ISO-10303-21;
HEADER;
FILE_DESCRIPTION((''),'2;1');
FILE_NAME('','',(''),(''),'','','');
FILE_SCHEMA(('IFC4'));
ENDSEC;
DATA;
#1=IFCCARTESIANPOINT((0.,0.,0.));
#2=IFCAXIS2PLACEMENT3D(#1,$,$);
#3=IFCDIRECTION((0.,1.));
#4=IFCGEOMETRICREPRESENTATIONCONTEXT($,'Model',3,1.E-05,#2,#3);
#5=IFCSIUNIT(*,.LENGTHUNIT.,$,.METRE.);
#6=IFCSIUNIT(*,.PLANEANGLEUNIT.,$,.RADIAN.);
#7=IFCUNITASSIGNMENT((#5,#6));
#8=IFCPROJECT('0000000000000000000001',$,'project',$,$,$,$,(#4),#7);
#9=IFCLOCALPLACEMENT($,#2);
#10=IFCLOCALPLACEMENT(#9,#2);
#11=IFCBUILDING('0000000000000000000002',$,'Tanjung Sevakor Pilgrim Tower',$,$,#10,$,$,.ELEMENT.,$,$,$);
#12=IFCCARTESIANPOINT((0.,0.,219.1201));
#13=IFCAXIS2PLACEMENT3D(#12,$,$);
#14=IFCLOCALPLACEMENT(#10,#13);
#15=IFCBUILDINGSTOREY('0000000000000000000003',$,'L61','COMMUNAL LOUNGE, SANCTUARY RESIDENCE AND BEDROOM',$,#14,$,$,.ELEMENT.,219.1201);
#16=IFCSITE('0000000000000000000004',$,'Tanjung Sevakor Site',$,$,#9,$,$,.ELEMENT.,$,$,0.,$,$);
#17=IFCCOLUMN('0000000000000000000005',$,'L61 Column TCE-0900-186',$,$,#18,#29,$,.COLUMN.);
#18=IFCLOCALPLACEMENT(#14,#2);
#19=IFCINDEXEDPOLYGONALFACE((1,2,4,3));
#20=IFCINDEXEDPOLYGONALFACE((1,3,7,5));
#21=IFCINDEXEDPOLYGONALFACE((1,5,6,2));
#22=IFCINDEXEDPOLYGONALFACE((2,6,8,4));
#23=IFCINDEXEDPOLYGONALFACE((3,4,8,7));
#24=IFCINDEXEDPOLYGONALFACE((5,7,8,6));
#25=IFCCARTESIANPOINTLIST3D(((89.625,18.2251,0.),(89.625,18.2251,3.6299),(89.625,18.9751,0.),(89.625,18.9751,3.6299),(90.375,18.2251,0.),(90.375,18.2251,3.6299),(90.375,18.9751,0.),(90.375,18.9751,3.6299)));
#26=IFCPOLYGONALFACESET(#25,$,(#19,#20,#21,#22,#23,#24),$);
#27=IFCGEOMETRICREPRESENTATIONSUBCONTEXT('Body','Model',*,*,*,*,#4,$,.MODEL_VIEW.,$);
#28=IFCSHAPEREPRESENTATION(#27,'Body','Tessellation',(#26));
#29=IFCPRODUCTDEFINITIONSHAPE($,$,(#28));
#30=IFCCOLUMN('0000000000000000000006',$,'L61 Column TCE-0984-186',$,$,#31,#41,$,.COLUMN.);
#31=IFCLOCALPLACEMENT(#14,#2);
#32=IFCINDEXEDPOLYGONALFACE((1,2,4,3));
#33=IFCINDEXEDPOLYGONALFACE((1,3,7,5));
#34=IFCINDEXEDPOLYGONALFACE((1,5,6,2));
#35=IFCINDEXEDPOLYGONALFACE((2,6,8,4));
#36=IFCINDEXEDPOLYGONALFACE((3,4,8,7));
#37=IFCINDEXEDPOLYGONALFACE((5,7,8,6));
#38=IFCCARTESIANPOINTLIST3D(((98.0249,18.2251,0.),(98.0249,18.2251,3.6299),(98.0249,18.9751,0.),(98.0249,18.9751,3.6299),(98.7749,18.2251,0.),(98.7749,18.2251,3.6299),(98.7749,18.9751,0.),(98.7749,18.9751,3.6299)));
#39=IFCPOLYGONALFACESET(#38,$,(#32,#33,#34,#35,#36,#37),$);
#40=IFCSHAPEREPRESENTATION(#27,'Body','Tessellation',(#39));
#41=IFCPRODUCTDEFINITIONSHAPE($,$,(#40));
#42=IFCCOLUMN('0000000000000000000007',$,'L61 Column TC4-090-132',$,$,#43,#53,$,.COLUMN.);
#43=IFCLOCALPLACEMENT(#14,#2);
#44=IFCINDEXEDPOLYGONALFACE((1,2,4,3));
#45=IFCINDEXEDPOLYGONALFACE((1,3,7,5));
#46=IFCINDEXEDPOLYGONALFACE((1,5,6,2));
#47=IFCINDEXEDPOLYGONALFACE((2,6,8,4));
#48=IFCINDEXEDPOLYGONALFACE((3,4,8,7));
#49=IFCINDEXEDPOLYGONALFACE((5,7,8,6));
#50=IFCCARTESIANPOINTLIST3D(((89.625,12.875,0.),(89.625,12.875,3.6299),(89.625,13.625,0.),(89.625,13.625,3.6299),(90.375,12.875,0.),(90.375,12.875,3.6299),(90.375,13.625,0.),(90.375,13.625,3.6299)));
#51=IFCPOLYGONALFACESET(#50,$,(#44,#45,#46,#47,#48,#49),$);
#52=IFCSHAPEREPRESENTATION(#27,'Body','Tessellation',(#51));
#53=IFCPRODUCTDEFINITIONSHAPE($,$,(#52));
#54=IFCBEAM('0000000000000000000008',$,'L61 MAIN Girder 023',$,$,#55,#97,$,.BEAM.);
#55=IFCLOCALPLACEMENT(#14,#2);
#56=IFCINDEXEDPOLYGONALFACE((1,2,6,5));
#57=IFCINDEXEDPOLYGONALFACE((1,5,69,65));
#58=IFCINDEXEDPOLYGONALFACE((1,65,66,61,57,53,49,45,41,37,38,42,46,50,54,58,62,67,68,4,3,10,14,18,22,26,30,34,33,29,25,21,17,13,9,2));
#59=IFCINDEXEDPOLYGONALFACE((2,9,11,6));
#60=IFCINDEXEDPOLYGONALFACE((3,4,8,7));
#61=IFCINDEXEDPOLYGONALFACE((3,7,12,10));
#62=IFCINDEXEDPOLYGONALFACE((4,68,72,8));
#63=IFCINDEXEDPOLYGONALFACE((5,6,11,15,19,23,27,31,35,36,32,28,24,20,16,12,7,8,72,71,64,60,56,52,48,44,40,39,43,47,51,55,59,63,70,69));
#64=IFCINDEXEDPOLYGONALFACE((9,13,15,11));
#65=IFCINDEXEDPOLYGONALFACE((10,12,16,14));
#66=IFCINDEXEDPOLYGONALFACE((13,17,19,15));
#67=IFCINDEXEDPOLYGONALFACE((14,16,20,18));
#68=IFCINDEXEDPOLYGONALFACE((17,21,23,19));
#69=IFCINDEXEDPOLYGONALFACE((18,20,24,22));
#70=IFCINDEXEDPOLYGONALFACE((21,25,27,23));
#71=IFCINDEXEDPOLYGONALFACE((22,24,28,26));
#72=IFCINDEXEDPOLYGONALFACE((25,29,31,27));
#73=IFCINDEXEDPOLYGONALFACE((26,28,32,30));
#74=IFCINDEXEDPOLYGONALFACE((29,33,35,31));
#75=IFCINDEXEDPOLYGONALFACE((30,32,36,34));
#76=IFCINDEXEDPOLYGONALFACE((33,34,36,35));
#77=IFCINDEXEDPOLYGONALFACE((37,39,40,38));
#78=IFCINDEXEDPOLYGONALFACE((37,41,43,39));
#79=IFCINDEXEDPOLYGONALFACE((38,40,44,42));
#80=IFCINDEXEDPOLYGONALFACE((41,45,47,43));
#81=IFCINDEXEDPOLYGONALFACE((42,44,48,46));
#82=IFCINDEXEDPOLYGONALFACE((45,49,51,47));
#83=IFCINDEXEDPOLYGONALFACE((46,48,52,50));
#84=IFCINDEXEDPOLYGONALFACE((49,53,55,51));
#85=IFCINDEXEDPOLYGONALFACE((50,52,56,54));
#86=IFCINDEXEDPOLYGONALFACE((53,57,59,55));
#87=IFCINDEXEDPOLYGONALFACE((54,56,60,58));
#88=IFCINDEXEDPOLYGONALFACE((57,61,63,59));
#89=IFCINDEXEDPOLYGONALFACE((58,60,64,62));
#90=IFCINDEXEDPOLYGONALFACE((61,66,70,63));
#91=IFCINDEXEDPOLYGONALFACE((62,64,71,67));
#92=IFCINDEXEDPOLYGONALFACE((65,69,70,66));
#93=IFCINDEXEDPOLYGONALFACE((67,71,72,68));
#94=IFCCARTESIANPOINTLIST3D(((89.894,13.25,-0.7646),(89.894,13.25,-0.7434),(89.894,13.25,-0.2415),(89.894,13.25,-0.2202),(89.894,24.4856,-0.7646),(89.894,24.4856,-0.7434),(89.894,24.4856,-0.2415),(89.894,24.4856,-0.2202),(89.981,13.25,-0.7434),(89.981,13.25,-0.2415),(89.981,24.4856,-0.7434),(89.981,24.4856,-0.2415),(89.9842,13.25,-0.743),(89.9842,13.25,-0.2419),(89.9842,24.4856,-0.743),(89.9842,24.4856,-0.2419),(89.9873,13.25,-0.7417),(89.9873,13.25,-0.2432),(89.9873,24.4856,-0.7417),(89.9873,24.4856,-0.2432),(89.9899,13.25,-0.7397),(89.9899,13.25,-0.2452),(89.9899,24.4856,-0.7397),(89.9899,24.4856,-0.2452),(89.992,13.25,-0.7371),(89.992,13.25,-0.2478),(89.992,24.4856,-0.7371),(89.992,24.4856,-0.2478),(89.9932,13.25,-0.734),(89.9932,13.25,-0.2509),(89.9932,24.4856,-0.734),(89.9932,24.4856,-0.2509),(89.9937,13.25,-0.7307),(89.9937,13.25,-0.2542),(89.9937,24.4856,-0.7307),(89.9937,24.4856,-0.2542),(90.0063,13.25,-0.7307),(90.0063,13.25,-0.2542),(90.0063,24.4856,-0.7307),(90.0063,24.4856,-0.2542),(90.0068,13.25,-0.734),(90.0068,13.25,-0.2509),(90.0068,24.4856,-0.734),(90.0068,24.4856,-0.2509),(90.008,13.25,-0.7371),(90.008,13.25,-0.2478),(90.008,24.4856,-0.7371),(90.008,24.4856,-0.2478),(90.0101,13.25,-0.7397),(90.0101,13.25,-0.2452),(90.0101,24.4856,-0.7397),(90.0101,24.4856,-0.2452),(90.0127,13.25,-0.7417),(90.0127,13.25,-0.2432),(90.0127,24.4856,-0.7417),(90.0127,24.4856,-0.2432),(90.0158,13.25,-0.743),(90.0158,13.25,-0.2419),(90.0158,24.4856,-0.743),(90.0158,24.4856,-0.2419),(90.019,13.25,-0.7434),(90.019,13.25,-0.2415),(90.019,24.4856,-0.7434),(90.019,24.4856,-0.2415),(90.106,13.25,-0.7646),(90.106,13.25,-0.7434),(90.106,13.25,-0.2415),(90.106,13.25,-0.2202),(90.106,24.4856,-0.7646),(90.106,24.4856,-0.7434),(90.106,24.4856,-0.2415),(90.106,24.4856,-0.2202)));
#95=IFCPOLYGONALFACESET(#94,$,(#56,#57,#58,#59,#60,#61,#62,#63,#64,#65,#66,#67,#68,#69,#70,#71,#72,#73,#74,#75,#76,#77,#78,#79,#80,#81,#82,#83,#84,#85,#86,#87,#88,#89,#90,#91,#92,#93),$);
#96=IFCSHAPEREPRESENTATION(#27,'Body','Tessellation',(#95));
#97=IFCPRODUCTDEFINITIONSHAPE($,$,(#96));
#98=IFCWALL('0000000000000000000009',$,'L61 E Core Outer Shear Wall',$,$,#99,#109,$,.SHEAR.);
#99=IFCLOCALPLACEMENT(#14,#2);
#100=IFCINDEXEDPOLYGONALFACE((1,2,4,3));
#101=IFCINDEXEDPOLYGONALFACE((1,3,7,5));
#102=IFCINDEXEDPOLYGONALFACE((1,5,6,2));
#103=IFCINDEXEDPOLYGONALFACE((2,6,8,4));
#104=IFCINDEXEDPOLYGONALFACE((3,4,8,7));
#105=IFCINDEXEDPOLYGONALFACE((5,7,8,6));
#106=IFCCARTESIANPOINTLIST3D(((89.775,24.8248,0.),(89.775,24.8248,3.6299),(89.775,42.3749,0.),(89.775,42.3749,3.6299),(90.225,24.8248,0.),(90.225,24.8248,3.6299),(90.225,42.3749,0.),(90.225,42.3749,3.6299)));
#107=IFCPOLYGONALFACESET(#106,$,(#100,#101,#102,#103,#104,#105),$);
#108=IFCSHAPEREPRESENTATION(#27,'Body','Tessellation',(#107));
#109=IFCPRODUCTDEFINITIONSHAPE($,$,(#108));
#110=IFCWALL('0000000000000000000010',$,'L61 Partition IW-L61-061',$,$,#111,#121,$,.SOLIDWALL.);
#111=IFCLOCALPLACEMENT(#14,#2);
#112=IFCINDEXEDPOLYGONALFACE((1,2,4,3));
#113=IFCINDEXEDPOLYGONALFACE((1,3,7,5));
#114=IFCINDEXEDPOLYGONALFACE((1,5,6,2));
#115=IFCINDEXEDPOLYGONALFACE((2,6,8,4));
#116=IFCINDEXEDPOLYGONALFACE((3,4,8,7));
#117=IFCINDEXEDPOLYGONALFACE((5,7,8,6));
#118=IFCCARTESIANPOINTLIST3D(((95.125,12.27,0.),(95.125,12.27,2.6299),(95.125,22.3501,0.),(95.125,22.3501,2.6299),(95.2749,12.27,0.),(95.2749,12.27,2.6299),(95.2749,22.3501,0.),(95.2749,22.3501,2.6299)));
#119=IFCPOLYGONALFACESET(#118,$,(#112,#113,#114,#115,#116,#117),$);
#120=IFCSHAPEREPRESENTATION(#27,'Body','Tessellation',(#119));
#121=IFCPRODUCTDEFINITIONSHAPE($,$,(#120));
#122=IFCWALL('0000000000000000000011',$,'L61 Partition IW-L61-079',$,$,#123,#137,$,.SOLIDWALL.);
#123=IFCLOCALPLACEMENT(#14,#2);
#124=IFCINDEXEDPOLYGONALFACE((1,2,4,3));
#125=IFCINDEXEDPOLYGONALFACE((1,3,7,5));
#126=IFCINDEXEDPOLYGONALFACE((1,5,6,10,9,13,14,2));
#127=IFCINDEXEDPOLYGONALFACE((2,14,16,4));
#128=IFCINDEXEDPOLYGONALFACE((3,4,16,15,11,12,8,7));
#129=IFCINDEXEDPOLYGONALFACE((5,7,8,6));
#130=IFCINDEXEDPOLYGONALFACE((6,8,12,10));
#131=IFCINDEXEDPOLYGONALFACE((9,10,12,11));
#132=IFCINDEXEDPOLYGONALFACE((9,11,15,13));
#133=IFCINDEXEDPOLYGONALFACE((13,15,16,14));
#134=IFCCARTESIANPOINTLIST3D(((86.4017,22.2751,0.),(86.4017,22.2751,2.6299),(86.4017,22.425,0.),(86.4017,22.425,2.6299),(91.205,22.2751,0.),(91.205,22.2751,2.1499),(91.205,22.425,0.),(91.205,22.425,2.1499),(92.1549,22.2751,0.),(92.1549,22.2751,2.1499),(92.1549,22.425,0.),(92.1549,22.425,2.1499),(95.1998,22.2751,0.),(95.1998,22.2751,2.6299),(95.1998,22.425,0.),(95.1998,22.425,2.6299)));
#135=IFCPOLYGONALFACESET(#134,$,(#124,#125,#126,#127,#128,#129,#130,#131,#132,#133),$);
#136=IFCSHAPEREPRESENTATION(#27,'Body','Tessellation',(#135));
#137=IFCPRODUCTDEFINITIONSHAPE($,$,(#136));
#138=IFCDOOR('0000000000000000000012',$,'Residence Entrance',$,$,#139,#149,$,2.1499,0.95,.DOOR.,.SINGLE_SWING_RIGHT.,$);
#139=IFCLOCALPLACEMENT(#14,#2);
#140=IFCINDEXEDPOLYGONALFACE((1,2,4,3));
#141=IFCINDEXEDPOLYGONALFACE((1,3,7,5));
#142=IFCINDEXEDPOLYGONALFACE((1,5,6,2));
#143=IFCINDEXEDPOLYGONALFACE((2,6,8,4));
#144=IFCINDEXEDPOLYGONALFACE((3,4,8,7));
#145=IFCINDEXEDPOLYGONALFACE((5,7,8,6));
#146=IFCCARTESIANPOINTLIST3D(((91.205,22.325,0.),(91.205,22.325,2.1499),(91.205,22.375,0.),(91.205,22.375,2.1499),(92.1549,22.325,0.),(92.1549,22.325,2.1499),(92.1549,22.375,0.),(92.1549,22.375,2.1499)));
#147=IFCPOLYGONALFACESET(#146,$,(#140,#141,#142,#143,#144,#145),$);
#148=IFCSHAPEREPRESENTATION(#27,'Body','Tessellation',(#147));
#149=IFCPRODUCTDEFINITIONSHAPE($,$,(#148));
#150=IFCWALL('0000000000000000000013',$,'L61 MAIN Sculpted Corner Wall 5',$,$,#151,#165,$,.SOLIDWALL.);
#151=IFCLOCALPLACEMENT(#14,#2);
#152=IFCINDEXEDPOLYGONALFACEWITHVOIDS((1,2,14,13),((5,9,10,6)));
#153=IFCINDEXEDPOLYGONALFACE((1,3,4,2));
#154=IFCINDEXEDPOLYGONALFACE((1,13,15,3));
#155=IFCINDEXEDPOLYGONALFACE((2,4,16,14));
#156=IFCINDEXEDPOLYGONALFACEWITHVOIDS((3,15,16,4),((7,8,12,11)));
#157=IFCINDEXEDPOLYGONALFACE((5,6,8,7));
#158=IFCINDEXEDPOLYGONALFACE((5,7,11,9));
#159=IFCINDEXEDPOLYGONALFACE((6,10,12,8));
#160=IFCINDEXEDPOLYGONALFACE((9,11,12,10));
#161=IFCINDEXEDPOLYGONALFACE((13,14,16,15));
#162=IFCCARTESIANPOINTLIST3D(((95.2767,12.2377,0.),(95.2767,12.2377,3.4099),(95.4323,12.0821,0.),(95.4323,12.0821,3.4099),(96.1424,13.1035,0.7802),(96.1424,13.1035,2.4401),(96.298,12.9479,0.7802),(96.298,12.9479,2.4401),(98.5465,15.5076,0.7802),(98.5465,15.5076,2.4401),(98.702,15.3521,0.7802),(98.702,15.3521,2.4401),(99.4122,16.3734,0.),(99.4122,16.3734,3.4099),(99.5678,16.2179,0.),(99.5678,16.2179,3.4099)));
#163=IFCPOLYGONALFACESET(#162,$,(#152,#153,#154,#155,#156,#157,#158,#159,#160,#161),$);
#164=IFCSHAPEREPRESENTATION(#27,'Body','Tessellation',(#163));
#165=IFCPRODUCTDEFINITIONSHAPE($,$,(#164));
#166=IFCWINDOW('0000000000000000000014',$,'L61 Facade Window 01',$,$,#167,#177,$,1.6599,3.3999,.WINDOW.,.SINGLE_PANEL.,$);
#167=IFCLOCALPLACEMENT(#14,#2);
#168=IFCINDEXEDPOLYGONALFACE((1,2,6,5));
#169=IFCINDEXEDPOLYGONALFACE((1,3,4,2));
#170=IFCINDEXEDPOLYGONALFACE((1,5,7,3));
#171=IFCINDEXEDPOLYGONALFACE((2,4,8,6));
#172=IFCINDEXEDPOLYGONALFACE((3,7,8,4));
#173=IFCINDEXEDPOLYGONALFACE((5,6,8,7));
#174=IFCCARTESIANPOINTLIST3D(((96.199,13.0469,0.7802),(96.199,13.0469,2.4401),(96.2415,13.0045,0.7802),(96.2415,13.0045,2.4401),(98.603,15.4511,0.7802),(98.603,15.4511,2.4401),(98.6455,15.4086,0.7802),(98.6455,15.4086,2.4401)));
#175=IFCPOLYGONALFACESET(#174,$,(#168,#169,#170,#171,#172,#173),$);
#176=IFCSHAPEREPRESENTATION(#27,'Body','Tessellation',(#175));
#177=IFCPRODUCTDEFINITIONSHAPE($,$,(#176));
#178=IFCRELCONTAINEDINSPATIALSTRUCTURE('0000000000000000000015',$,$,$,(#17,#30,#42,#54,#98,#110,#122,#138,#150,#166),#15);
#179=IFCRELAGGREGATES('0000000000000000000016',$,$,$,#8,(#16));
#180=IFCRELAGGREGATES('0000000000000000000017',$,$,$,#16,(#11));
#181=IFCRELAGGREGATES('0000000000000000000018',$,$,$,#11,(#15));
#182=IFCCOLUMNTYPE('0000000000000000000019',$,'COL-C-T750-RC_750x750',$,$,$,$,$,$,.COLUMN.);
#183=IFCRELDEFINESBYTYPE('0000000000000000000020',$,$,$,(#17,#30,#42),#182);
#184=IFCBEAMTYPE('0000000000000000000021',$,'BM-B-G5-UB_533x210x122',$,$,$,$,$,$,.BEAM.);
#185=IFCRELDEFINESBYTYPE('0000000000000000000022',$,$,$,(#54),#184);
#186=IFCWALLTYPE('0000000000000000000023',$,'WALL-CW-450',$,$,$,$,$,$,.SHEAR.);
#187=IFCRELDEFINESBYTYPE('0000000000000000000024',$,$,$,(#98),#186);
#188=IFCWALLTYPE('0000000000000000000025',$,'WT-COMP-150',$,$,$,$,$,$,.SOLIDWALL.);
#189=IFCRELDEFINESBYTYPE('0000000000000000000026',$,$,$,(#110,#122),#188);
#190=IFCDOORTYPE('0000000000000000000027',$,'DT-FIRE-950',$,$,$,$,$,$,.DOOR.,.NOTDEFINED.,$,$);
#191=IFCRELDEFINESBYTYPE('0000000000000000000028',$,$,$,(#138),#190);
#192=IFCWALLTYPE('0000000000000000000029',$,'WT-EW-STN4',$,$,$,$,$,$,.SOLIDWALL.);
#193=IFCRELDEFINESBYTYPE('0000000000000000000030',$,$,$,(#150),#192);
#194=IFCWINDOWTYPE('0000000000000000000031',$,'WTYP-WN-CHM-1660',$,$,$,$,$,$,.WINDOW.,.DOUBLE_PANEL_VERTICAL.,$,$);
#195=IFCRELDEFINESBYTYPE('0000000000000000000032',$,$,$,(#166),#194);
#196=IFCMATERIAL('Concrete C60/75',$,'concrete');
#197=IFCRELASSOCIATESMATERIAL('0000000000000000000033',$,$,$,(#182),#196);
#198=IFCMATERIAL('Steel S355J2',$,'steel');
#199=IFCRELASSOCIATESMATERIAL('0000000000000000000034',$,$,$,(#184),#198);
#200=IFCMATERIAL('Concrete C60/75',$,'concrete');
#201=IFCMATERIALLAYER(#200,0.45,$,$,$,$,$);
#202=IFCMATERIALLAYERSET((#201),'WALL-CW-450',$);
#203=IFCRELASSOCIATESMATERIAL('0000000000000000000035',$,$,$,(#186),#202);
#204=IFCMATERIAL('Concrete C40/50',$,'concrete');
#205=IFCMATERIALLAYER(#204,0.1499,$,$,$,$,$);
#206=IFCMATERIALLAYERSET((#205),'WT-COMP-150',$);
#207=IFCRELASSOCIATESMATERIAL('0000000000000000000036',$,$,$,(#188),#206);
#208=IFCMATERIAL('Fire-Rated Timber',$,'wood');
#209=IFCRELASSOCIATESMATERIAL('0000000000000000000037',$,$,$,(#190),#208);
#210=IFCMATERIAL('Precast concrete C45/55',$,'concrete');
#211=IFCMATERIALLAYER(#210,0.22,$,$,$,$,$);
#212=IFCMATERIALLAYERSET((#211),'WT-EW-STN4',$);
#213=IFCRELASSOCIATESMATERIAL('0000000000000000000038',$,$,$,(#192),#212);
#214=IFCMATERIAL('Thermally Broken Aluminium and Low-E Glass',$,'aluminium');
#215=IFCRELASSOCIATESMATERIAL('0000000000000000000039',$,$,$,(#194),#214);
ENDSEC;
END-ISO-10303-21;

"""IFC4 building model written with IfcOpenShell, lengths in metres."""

from ifc_helpers import new_model, si_unit, direction, frame, frame_2d, origin, origin_2d, place, context, subcontext, project, spatial, rectangle, i_section, extrude, material, layer, layer_set, material_profile, profile_set, type_object, element, fill, save


model = new_model("IFC4")

# Units and contexts
model_context = context("Model", 3, precision=1e-05, world=origin(), true_north=direction((0.0, 1.0)))
body_context = subcontext(model_context, "Body", "Model", "MODEL_VIEW")
ifc_project = project(units=[si_unit("LENGTHUNIT", "METRE"), si_unit("PLANEANGLEUNIT", "RADIAN")], contexts=[model_context])

# Site, building, storey
site_placement = place(None, origin())
site = spatial("IfcSite", under=ifc_project, at=site_placement, Name="Tanjung Sevakor Site", CompositionType="ELEMENT", RefElevation=0.0)
building_placement = place(site_placement, origin())
building = spatial("IfcBuilding", under=site, at=building_placement, Name="Tanjung Sevakor Pilgrim Tower", CompositionType="ELEMENT")
storey_placement = place(building_placement, frame((0.0, 0.0, 219.1201)))
storey = spatial("IfcBuildingStorey", under=building, at=storey_placement, Name="L61", Description="COMMUNAL LOUNGE, SANCTUARY RESIDENCE AND BEDROOM", CompositionType="ELEMENT", Elevation=219.1201)

# Columns
ifc_material_1 = material(Name="Concrete C60/75", Category="concrete")
ifc_material_profile_1 = material_profile(ifc_material_1, rectangle(XDim=0.75, YDim=0.75, at=origin_2d()))
ifc_profile_set_1 = profile_set([ifc_material_profile_1], Name="Concrete C60/75")
column_type = type_object("IfcColumnType", Name="COL-C-T750-RC_750x750", PredefinedType="COLUMN", material=ifc_profile_set_1)
for number, where, z_axis, x_axis, name in (
    (1, (90.0, 18.6001, 0.0), (0.0, 0.0, 1.0), (1.0, 0.0, 0.0), "L61 Column TCE-0900-186"),
    (2, (98.3999, 18.6001, 0.0), (0.0, 0.0, 1.0), (1.0, 0.0, 0.0), "L61 Column TCE-0984-186"),
    (3, (90.0, 13.25, 0.0), (0.0, 0.0, 1.0), (1.0, 0.0, 0.0), "L61 Column TC4-090-132"),
):
    element("IfcColumn", number, at=place(storey_placement, frame(where, z_axis=z_axis, x_axis=x_axis)), inside=storey, type_object=column_type, Name=name, PredefinedType="COLUMN", context=body_context, shape_type="SweptSolid", body=[
        extrude(rectangle(XDim=0.75, YDim=0.75, at=origin_2d()), origin(), (0.0, 0.0, 1.0), 3.6299),
    ])

# Beam
ifc_material_2 = material(Name="Steel S355J2", Category="steel")
ifc_material_profile_2 = material_profile(ifc_material_2, i_section(OverallWidth=0.2119, OverallDepth=0.5444, WebThickness=0.0127, FlangeThickness=0.0212, FilletRadius=0.0127, at=origin_2d()))
ifc_profile_set_2 = profile_set([ifc_material_profile_2], Name="Steel S355J2")
beam_type = type_object("IfcBeamType", Name="BM-B-G5-UB_533x210x122", PredefinedType="BEAM", material=ifc_profile_set_2)
beam_placement = place(storey_placement, frame((90.0, 13.25, -0.4924), z_axis=(0.0, 1.0, 0.0), x_axis=(-1.0, 0.0, 0.0)))
element("IfcBeam", 4, at=beam_placement, inside=storey, type_object=beam_type, Name="L61 MAIN Girder 023", PredefinedType="BEAM", context=body_context, shape_type="SweptSolid", body=[
    extrude(i_section(OverallWidth=0.2119, OverallDepth=0.5444, WebThickness=0.0127, FlangeThickness=0.0212, FilletRadius=0.0127, at=origin_2d()), origin(), (0.0, 0.0, 1.0), 11.2356),
])

# Walls
ifc_material_3 = material(Name="Concrete C60/75", Category="concrete")
ifc_layer_1 = layer(ifc_material_3, 0.45)
ifc_layer_set_1 = layer_set([ifc_layer_1], Name="WALL-CW-450")
wall_type_1 = type_object("IfcWallType", Name="WALL-CW-450", PredefinedType="SHEAR", material=ifc_layer_set_1)
wall_1_placement = place(storey_placement, frame((90.0, 24.825, 0.0), z_axis=(0.0, 0.0, 1.0), x_axis=(0.0, 1.0, 0.0)))
element("IfcWall", 5, at=wall_1_placement, inside=storey, type_object=wall_type_1, Name="L61 E Core Outer Shear Wall", PredefinedType="SHEAR", context=body_context, shape_type="SweptSolid", body=[
    extrude(rectangle(XDim=17.55, YDim=0.45, at=frame_2d((8.7749, 0.0))), origin(), (0.0, 0.0, 1.0), 3.6299),
])
ifc_material_4 = material(Name="Concrete C40/50", Category="concrete")
ifc_layer_2 = layer(ifc_material_4, 0.1499)
ifc_layer_set_2 = layer_set([ifc_layer_2], Name="WT-COMP-150")
wall_type_2 = type_object("IfcWallType", Name="WT-COMP-150", PredefinedType="SOLIDWALL", material=ifc_layer_set_2)
wall_2_placement = place(storey_placement, frame((95.2, 12.27, 0.0), z_axis=(0.0, 0.0, 1.0), x_axis=(0.0, 1.0, 0.0)))
element("IfcWall", 6, at=wall_2_placement, inside=storey, type_object=wall_type_2, Name="L61 Partition IW-L61-061", PredefinedType="SOLIDWALL", context=body_context, shape_type="SweptSolid", body=[
    extrude(rectangle(XDim=10.0801, YDim=0.1499, at=frame_2d((5.04, 0.0))), origin(), (0.0, 0.0, 1.0), 2.6299),
])

# Wall, opening, door
wall_3_placement = place(storey_placement, frame((86.4019, 22.3501, 0.0), z_axis=(0.0, 0.0, 1.0), x_axis=(1.0, 0.0, 0.0)))
wall_3 = element("IfcWall", 7, at=wall_3_placement, inside=storey, type_object=wall_type_2, Name="L61 Partition IW-L61-079", PredefinedType="SOLIDWALL", context=body_context, shape_type="SweptSolid", body=[
    extrude(rectangle(XDim=8.7981, YDim=0.1499, at=frame_2d((4.3989, 0.0))), origin(), (0.0, 0.0, 1.0), 2.6299),
])
opening_1_placement = place(wall_3_placement, frame((4.803, 0.0, 0.0)))
opening_1 = element("IfcOpeningElement", 8, at=opening_1_placement, cuts=wall_3, PredefinedType="OPENING", context=body_context, shape_type="SweptSolid", body=[
    extrude(rectangle(XDim=0.95, YDim=2.1499, at=frame_2d((0.4751, 1.075))), frame((0.0, 0.085, 0.0), z_axis=(0.0, -1.0, 0.0), x_axis=(1.0, 0.0, 0.0)), (0.0, 0.0, 1.0), 0.1699),
])
ifc_material_5 = material(Name="Fire-Rated Timber", Category="wood")
door_type_1 = type_object("IfcDoorType", Name="DT-FIRE-950", OperationType="NOTDEFINED", PredefinedType="DOOR", material=ifc_material_5)
door_1_placement = place(opening_1_placement, origin())
door_1 = element("IfcDoor", 9, at=door_1_placement, inside=storey, type_object=door_type_1, Name="Residence Entrance", OperationType="SINGLE_SWING_RIGHT", OverallHeight=2.1499, OverallWidth=0.95, PredefinedType="DOOR", context=body_context, shape_type="SweptSolid", body=[
    extrude(rectangle(XDim=0.95, YDim=2.1499, at=frame_2d((0.4751, 1.075))), frame((0.0, 0.0249, 0.0), z_axis=(0.0, -1.0, 0.0), x_axis=(1.0, 0.0, 0.0)), (0.0, 0.0, 1.0), 0.05),
])
fill(opening_1, door_1)

# Wall, opening, window
ifc_material_6 = material(Name="Precast concrete C45/55", Category="concrete")
ifc_layer_3 = layer(ifc_material_6, 0.22)
ifc_layer_set_3 = layer_set([ifc_layer_3], Name="WT-EW-STN4")
wall_type_3 = type_object("IfcWallType", Name="WT-EW-STN4", PredefinedType="SOLIDWALL", material=ifc_layer_set_3)
wall_4_placement = place(storey_placement, frame((95.3545, 12.1599, 0.0), z_axis=(0.0, 0.0, 1.0), x_axis=(0.707086, 0.707128, 0.0)))
wall_4 = element("IfcWall", 10, at=wall_4_placement, inside=storey, type_object=wall_type_3, Name="L61 MAIN Sculpted Corner Wall 5", PredefinedType="SOLIDWALL", context=body_context, shape_type="SweptSolid", body=[
    extrude(rectangle(XDim=5.8486, YDim=0.22, at=frame_2d((2.9243, 0.0))), origin(), (0.0, 0.0, 1.0), 3.4099),
])
opening_2_placement = place(wall_4_placement, frame((1.2244, 0.0, 0.78)))
opening_2 = element("IfcOpeningElement", 11, at=opening_2_placement, cuts=wall_4, PredefinedType="OPENING", context=body_context, shape_type="SweptSolid", body=[
    extrude(rectangle(XDim=3.3999, YDim=1.6599, at=frame_2d((1.7, 0.8301))), frame((0.0, 0.1199, 0.0), z_axis=(0.0, -1.0, 0.0), x_axis=(1.0, 0.0, 0.0)), (0.0, 0.0, 1.0), 0.24),
])
ifc_material_7 = material(Name="Thermally Broken Aluminium and Low-E Glass", Category="aluminium")
window_type_1 = type_object("IfcWindowType", Name="WTYP-WN-CHM-1660", PartitioningType="DOUBLE_PANEL_VERTICAL", PredefinedType="WINDOW", material=ifc_material_7)
window_1_placement = place(opening_2_placement, origin())
window_1 = element("IfcWindow", 12, at=window_1_placement, inside=storey, type_object=window_type_1, Name="L61 Facade Window 01", OverallHeight=1.6599, OverallWidth=3.3999, PartitioningType="SINGLE_PANEL", PredefinedType="WINDOW", context=body_context, shape_type="SweptSolid", body=[
    extrude(rectangle(XDim=3.3999, YDim=1.6599, at=frame_2d((1.7, 0.8301))), frame((0.0, 0.03, 0.0), z_axis=(0.0, -1.0, 0.0), x_axis=(1.0, 0.0, 0.0)), (0.0, 0.0, 1.0), 0.0601),
])
fill(opening_2, window_1)

save(model, "model.ifc")
